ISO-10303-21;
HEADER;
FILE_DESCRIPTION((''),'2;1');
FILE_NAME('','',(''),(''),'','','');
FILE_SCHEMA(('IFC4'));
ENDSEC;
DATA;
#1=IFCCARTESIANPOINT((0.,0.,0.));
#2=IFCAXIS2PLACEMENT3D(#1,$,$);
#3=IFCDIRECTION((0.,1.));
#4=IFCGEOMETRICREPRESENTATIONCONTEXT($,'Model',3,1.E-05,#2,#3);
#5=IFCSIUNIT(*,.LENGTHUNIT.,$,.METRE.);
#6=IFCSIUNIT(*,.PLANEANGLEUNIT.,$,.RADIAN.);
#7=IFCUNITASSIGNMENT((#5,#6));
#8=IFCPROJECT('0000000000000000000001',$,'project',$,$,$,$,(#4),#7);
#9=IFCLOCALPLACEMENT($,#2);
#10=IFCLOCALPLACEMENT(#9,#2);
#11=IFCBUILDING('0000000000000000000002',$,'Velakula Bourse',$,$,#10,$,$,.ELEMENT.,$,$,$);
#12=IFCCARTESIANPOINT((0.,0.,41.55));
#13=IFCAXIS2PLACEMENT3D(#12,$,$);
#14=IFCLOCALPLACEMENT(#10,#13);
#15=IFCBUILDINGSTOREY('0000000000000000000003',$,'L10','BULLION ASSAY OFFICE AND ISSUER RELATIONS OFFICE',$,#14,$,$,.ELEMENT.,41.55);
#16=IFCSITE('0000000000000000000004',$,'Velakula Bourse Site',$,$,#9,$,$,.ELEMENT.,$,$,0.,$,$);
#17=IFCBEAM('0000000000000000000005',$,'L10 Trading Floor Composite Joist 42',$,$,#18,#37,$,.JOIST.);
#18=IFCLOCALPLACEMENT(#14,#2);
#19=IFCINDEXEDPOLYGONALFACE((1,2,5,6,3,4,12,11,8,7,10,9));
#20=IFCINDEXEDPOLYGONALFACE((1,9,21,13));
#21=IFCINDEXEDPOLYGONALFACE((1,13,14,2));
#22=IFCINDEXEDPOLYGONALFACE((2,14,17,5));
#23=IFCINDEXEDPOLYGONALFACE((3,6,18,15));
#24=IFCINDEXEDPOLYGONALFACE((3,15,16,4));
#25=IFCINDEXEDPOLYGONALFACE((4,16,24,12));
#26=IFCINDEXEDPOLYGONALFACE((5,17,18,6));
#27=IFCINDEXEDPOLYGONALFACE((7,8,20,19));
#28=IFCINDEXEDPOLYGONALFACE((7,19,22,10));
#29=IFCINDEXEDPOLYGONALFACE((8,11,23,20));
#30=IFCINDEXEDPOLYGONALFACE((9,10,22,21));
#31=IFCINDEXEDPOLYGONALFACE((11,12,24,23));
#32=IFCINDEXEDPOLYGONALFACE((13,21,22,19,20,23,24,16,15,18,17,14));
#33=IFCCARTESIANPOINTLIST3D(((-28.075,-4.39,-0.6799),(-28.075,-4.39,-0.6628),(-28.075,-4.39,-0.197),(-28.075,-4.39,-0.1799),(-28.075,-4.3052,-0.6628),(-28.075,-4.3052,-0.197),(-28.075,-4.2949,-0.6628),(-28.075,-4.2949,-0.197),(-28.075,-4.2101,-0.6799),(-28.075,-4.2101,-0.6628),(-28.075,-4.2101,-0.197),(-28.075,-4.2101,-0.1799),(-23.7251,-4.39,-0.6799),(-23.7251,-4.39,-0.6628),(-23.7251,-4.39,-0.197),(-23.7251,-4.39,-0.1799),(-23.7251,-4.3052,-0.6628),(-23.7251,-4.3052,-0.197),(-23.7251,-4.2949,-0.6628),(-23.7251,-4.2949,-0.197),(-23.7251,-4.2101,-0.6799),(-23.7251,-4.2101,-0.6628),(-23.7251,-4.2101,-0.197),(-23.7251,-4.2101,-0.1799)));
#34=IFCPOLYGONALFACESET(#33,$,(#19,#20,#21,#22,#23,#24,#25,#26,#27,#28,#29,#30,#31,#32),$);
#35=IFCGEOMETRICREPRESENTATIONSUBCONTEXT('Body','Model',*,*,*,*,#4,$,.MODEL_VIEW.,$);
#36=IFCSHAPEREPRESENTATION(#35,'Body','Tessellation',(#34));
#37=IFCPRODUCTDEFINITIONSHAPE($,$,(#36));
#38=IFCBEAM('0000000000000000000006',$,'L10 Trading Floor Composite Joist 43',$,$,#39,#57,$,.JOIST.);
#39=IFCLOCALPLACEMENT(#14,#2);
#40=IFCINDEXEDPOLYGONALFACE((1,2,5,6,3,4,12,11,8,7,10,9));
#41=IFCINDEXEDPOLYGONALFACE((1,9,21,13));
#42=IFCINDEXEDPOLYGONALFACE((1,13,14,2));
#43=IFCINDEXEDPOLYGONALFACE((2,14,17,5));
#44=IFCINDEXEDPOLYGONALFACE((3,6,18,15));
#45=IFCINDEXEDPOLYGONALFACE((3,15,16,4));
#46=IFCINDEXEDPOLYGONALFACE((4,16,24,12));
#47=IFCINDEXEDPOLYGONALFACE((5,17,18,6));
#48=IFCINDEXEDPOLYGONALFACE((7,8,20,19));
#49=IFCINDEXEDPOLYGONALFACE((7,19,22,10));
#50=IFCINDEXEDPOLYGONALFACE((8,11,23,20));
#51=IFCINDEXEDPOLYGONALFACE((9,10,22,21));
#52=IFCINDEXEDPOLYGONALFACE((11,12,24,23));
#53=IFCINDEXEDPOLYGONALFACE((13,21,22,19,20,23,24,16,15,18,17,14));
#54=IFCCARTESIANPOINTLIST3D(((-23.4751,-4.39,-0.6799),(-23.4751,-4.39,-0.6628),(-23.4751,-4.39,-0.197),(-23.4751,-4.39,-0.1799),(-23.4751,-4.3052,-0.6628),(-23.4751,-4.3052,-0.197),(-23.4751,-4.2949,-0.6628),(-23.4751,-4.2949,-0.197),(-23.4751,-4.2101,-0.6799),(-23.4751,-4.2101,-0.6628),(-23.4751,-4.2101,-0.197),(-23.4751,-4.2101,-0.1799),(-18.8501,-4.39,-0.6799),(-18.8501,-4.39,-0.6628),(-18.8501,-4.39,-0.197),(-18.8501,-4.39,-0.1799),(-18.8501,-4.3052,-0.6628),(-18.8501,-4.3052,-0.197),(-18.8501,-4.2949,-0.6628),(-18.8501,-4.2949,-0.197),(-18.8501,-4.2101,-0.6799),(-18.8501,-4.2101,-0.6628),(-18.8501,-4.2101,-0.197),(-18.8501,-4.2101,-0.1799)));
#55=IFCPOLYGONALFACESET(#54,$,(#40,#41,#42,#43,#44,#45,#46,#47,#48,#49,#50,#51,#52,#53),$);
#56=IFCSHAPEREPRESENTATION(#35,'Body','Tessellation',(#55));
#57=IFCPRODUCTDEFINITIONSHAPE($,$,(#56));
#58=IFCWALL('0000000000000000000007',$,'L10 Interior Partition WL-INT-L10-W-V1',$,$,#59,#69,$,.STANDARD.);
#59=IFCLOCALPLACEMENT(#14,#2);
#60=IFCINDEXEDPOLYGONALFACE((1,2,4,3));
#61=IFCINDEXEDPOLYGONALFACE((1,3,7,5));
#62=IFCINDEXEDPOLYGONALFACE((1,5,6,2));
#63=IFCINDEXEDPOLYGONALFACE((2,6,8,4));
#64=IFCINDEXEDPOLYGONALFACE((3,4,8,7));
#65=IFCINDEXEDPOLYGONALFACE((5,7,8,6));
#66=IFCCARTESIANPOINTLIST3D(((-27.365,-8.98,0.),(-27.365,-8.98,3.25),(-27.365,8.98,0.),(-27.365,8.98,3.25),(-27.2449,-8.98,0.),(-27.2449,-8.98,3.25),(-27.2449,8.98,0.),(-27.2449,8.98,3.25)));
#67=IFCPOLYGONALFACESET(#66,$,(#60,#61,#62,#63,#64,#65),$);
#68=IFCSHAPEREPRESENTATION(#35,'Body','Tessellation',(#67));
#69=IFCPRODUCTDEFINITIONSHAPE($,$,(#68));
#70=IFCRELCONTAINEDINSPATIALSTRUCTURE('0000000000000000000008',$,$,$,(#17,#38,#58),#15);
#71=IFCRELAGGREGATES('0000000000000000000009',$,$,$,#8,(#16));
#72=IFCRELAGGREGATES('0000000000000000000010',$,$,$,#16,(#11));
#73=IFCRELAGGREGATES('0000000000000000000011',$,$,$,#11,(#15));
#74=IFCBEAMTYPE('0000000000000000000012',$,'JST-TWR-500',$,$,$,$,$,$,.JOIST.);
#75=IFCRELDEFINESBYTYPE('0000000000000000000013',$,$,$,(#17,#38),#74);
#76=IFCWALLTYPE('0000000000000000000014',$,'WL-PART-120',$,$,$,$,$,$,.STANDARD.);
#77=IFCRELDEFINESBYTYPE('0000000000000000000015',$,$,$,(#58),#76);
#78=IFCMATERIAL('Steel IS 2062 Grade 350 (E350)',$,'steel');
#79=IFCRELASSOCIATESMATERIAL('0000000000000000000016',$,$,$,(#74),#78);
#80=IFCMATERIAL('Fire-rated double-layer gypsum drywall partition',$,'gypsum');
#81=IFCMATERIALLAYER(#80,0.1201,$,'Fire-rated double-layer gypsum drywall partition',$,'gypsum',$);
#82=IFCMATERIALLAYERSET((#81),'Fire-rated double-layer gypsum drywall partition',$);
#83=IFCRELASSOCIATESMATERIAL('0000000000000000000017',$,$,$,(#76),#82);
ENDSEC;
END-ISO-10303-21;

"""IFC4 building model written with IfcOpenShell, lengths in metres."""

from ifc_helpers import new_model, si_unit, direction, frame, frame_2d, origin, origin_2d, place, context, subcontext, project, spatial, rectangle, i_section, extrude, material, layer, layer_set, material_profile, profile_set, type_object, element, save


model = new_model("IFC4")

# Units and contexts
model_context = context("Model", 3, precision=1e-05, world=origin(), true_north=direction((0.0, 1.0)))
body_context = subcontext(model_context, "Body", "Model", "MODEL_VIEW")
ifc_project = project(units=[si_unit("LENGTHUNIT", "METRE"), si_unit("PLANEANGLEUNIT", "RADIAN")], contexts=[model_context])

# Site, building, storey
site_placement = place(None, origin())
site = spatial("IfcSite", under=ifc_project, at=site_placement, Name="Velakula Bourse Site", CompositionType="ELEMENT", RefElevation=0.0)
building_placement = place(site_placement, origin())
building = spatial("IfcBuilding", under=site, at=building_placement, Name="Velakula Bourse", CompositionType="ELEMENT")
storey_placement = place(building_placement, frame((0.0, 0.0, 41.55)))
storey = spatial("IfcBuildingStorey", under=building, at=storey_placement, Name="L10", Description="BULLION ASSAY OFFICE AND ISSUER RELATIONS OFFICE", CompositionType="ELEMENT", Elevation=41.55)

# Beams
ifc_material_1 = material(Name="Steel IS 2062 Grade 350 (E350)", Category="steel")
ifc_material_profile_1 = material_profile(ifc_material_1, i_section(OverallWidth=0.1799, OverallDepth=0.5, WebThickness=0.0103, FlangeThickness=0.0171, at=origin_2d()), Name="Steel IS 2062 Grade 350 (E350)")
ifc_profile_set_1 = profile_set([ifc_material_profile_1], Name="Steel IS 2062 Grade 350 (E350)")
beam_type_1 = type_object("IfcBeamType", Name="JST-TWR-500", PredefinedType="JOIST", material=ifc_profile_set_1)
beam_1_placement = place(storey_placement, frame((-28.075, -4.3, -0.4299), z_axis=(1.0, 0.0, 0.0), x_axis=(0.0, 1.0, 0.0)))
element("IfcBeam", 1, at=beam_1_placement, inside=storey, type_object=beam_type_1, Name="L10 Trading Floor Composite Joist 42", PredefinedType="JOIST", context=body_context, shape_type="SweptSolid", body=[
    extrude(i_section(OverallWidth=0.1799, OverallDepth=0.5, WebThickness=0.0103, FlangeThickness=0.0171, at=origin_2d()), origin(), (0.0, 0.0, 1.0), 4.3499),
])
beam_2_placement = place(storey_placement, frame((-23.4751, -4.3, -0.4299), z_axis=(1.0, 0.0, 0.0), x_axis=(0.0, 1.0, 0.0)))
element("IfcBeam", 2, at=beam_2_placement, inside=storey, type_object=beam_type_1, Name="L10 Trading Floor Composite Joist 43", PredefinedType="JOIST", context=body_context, shape_type="SweptSolid", body=[
    extrude(i_section(OverallWidth=0.1799, OverallDepth=0.5, WebThickness=0.0103, FlangeThickness=0.0171, at=origin_2d()), origin(), (0.0, 0.0, 1.0), 4.625),
])

# Wall
ifc_material_2 = material(Name="Fire-rated double-layer gypsum drywall partition", Category="gypsum")
ifc_layer = layer(ifc_material_2, 0.1201, Name="Fire-rated double-layer gypsum drywall partition", Category="gypsum")
ifc_layer_set = layer_set([ifc_layer], Name="Fire-rated double-layer gypsum drywall partition")
wall_type = type_object("IfcWallType", Name="WL-PART-120", PredefinedType="STANDARD", material=ifc_layer_set)
wall_placement = place(storey_placement, frame((-27.3049, -8.98, 0.0), z_axis=(0.0, 0.0, 1.0), x_axis=(0.0, 1.0, 0.0)))
element("IfcWall", 3, at=wall_placement, inside=storey, type_object=wall_type, Name="L10 Interior Partition WL-INT-L10-W-V1", PredefinedType="STANDARD", context=body_context, shape_type="SweptSolid", body=[
    extrude(rectangle(XDim=17.96, YDim=0.1201, at=frame_2d((8.98, 0.0))), origin(), (0.0, 0.0, 1.0), 3.25),
])

save(model, "model.ifc")
